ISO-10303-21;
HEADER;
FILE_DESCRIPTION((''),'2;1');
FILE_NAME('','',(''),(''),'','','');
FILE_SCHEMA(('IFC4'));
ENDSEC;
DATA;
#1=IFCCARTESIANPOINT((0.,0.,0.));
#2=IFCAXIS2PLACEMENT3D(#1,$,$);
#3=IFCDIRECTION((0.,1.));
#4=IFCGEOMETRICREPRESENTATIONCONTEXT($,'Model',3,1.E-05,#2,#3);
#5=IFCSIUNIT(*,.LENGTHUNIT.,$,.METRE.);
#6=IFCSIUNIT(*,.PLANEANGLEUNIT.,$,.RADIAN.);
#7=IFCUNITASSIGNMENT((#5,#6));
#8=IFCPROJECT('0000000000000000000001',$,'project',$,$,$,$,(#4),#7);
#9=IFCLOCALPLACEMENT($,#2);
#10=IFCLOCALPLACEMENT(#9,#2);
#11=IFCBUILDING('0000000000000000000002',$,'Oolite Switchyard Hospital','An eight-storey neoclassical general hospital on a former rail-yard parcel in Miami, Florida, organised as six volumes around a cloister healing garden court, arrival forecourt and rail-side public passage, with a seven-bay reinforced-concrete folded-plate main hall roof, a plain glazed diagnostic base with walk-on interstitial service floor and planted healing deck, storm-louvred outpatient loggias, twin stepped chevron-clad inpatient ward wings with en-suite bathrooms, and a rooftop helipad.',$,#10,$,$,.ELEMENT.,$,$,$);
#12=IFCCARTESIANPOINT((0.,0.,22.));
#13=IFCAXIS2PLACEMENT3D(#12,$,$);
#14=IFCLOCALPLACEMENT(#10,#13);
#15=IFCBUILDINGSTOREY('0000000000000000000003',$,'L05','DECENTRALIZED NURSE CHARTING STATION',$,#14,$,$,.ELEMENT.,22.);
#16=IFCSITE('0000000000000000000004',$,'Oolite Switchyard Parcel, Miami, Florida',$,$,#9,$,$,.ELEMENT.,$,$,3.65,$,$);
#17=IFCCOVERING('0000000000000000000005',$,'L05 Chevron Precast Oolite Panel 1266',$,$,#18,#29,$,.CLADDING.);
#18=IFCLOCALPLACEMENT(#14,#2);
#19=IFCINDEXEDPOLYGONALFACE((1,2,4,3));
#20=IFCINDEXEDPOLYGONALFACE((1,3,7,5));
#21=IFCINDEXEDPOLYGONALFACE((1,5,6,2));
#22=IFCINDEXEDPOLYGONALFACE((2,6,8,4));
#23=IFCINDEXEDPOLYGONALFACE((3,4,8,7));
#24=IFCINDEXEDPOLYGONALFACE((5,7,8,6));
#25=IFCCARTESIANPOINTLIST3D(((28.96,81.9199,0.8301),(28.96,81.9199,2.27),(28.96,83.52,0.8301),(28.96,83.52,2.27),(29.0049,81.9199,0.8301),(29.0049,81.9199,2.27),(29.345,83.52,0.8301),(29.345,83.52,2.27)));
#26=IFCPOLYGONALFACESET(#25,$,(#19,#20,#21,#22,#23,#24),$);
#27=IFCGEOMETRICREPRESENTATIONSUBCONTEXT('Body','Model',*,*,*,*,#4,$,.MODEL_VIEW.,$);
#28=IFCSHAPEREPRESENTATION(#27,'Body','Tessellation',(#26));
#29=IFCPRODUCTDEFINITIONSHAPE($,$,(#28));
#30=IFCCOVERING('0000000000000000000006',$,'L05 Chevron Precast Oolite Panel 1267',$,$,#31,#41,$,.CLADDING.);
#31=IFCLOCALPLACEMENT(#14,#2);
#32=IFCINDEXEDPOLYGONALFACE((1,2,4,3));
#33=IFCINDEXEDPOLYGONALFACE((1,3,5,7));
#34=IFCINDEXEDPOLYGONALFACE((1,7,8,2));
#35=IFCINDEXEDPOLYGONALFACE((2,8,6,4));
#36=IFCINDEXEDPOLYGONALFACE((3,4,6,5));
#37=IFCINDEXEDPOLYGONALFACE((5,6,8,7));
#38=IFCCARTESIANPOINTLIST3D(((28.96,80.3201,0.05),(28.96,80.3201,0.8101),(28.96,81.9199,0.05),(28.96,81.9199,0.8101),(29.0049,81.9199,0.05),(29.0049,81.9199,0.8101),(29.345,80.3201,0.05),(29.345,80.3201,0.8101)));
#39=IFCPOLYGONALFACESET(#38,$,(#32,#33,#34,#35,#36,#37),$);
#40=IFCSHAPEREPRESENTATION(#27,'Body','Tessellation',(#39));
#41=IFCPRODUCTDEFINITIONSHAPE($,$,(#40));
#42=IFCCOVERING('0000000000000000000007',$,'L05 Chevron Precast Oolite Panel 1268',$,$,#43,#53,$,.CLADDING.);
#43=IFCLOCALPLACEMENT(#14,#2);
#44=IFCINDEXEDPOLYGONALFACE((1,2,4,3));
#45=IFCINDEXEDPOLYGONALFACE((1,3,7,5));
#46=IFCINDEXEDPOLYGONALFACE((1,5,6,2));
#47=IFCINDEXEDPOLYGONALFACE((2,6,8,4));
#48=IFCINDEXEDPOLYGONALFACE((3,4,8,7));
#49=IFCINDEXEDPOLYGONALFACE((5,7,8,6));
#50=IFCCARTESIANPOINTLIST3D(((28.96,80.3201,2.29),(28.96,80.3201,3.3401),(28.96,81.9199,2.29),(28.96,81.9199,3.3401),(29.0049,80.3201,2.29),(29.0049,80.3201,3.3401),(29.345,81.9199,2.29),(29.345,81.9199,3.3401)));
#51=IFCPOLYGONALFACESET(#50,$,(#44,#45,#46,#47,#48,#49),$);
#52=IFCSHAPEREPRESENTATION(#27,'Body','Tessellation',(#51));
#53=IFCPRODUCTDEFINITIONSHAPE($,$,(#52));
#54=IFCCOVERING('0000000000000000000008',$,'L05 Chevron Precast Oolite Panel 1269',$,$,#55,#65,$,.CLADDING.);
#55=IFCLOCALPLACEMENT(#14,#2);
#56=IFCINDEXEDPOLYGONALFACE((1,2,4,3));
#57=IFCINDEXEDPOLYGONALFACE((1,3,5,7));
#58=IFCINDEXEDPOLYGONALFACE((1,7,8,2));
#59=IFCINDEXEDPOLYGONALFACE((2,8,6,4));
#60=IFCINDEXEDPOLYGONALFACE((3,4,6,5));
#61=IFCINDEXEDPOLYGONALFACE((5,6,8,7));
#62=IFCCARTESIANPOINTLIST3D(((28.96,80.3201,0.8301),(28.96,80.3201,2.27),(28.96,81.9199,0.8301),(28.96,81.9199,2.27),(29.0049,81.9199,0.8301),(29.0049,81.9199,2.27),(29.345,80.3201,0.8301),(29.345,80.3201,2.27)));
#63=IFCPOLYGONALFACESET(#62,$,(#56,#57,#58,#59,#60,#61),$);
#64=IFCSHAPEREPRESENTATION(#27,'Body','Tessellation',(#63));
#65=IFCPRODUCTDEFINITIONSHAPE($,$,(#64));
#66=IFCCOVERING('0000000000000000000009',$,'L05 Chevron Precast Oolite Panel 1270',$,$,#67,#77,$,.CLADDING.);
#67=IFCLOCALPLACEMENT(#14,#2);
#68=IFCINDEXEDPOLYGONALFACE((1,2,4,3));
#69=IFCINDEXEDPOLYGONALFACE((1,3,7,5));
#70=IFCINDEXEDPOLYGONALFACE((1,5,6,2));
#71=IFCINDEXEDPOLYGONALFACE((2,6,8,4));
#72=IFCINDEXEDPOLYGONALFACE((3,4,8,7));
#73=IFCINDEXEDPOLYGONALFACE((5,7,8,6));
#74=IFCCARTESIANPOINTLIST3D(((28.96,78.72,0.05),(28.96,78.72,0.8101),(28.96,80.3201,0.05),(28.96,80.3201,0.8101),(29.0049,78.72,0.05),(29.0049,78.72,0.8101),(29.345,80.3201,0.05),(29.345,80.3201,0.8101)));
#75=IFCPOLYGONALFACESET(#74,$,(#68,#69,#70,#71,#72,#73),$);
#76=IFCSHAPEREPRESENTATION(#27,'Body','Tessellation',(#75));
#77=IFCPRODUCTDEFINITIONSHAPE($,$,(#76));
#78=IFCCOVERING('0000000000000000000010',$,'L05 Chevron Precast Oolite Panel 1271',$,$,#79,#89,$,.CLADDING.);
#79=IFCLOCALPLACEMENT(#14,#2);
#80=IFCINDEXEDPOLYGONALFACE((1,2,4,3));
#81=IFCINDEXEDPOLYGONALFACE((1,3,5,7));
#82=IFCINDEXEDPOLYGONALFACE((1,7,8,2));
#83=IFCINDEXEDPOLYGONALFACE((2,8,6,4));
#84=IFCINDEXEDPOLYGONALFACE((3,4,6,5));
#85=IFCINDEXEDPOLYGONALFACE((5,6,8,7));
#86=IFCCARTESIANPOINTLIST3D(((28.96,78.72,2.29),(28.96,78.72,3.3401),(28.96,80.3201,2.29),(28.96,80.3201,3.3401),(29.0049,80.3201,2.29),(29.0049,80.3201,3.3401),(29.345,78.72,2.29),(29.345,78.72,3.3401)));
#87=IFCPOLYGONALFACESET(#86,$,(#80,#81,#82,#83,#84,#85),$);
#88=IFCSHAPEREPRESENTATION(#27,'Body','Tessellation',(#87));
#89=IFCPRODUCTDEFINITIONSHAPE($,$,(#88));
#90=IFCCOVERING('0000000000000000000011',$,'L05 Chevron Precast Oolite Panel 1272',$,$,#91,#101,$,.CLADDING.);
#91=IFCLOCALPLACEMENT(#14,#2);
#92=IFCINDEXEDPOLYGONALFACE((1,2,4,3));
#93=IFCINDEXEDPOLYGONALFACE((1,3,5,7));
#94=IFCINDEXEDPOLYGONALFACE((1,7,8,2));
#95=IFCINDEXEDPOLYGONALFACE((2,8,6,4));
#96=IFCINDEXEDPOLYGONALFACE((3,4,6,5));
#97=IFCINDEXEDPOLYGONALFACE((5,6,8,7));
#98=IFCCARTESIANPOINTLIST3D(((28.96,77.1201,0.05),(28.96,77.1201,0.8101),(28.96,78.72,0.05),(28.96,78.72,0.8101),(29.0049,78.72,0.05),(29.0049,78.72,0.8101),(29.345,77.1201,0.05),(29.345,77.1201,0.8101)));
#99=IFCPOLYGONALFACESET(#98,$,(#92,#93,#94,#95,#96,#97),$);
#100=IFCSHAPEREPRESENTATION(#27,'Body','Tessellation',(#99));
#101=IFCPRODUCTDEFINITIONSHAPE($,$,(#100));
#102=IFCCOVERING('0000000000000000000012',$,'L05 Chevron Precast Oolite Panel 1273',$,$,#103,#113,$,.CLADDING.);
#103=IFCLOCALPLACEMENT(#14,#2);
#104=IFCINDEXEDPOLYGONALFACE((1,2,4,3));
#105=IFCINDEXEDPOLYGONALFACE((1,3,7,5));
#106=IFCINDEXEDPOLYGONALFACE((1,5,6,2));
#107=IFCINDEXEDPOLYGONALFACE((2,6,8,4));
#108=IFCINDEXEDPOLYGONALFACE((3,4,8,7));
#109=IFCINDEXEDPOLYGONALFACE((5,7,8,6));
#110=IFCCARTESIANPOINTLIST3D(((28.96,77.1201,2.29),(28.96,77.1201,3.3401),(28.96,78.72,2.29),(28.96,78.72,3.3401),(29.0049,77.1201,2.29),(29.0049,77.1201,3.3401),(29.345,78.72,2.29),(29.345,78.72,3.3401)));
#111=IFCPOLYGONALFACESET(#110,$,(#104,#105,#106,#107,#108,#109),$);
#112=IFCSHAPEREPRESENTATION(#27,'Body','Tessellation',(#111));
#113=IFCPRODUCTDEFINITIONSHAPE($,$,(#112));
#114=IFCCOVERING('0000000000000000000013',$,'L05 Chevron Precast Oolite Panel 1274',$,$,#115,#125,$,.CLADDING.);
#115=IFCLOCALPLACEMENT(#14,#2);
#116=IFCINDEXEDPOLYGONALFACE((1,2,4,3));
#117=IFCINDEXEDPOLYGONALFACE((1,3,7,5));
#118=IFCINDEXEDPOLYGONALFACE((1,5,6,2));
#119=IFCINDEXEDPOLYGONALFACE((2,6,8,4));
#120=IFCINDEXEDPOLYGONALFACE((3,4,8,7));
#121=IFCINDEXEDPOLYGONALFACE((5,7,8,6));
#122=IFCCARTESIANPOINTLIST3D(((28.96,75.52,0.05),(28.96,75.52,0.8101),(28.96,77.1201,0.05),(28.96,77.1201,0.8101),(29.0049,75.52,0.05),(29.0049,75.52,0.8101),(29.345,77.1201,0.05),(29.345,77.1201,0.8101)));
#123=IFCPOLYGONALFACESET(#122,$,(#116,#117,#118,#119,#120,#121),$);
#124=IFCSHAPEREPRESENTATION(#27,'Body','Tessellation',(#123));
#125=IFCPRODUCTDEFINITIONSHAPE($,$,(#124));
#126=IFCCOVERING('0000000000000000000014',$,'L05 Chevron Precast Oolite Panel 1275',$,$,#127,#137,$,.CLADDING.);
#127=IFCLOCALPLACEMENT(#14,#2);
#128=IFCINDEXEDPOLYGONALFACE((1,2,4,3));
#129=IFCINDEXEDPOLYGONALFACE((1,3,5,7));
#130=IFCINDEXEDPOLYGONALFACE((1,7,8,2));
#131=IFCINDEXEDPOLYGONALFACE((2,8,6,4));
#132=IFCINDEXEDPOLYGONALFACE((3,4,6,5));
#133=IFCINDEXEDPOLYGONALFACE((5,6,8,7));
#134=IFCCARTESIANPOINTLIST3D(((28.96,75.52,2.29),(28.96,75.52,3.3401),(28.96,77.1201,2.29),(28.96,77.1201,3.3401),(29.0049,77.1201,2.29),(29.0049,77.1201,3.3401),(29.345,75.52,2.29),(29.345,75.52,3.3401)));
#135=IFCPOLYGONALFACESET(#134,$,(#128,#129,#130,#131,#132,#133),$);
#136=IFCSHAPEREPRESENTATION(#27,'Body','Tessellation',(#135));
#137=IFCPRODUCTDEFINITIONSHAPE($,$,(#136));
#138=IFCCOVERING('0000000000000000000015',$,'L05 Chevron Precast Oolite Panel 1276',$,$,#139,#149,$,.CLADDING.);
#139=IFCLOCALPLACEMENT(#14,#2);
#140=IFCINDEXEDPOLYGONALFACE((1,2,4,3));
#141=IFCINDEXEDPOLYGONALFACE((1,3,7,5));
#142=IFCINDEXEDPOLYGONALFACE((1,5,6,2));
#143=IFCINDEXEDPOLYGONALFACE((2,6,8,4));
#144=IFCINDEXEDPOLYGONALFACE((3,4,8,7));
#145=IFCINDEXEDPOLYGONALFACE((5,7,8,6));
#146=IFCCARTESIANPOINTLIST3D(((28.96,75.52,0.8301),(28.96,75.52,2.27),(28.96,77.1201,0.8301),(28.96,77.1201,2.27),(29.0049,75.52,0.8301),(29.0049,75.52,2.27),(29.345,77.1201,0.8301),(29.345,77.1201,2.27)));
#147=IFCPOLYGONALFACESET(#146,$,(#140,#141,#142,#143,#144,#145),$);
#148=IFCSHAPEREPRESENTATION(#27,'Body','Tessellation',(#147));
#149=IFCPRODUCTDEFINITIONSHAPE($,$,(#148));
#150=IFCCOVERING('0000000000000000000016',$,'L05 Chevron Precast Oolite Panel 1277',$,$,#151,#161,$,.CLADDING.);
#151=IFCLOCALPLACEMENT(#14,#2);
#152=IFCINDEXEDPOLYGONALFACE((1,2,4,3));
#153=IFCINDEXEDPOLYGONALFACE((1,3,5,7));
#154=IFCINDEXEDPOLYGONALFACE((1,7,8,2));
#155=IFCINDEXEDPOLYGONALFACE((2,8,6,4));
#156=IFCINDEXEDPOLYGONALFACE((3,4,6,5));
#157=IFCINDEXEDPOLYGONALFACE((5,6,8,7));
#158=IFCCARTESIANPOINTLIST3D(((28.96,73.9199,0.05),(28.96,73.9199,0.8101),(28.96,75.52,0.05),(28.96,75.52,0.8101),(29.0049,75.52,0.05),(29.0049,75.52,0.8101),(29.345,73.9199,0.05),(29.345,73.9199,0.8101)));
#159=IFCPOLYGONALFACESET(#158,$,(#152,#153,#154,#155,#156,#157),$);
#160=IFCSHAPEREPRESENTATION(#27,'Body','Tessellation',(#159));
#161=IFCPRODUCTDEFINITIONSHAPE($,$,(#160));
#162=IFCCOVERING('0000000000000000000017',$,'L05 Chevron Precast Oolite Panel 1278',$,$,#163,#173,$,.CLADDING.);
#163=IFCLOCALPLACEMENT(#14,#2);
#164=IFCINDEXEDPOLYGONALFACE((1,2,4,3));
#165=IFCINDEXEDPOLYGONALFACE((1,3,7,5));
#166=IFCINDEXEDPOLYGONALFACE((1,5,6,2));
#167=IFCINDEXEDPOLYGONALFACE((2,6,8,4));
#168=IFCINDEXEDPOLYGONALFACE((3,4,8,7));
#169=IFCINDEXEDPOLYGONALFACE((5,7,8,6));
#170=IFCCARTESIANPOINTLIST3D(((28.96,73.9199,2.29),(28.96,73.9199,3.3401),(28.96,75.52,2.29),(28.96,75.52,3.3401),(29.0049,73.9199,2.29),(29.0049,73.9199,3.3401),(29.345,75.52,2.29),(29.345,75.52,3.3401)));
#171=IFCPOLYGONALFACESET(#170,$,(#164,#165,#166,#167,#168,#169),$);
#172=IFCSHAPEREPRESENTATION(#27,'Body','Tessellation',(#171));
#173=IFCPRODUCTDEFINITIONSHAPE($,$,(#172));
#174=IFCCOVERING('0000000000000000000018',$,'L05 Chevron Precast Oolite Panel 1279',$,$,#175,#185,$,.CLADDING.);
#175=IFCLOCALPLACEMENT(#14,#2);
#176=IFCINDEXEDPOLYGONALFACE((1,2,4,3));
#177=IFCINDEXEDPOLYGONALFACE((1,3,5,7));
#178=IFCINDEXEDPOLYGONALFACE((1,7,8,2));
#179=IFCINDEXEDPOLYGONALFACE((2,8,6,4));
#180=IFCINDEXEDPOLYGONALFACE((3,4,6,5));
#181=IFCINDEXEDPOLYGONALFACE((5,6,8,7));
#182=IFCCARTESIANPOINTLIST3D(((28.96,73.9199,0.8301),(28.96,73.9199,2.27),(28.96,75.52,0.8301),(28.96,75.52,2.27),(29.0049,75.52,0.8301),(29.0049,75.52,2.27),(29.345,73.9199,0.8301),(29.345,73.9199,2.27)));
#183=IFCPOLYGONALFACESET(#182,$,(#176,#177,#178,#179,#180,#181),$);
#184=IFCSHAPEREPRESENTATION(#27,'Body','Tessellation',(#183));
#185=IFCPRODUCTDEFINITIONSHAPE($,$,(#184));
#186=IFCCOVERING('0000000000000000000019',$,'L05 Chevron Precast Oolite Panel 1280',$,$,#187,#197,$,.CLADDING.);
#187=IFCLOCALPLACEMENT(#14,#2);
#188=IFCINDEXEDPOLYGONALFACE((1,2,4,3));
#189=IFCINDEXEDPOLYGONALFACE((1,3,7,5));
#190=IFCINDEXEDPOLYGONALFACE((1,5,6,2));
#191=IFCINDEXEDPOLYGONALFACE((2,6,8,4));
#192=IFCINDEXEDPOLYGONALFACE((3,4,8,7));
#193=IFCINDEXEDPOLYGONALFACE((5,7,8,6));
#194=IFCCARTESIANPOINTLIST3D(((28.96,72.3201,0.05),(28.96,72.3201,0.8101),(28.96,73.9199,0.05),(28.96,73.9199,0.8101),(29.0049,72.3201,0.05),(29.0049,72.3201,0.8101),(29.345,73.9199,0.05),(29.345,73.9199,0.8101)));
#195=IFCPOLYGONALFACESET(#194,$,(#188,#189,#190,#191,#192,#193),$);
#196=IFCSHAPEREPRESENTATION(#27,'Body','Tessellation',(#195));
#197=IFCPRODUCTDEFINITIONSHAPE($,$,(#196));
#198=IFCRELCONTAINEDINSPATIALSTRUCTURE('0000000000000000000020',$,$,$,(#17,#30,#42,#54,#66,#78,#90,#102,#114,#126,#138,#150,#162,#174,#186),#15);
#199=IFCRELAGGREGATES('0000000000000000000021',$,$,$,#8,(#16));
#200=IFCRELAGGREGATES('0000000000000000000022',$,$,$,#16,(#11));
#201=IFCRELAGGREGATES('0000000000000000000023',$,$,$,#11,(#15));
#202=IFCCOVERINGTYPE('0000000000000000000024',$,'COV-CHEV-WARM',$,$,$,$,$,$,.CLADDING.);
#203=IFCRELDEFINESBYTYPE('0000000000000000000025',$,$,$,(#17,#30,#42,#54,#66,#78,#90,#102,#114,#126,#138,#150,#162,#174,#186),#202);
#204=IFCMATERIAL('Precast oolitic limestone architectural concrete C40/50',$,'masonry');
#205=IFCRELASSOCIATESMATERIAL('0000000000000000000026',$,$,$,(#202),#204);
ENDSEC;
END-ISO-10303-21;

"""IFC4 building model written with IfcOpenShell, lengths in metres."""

from ifc_helpers import new_model, si_unit, direction, frame, origin, place, context, subcontext, project, spatial, polyline, outline, extrude, material, type_object, element, save


model = new_model("IFC4")

# Units and contexts
model_context = context("Model", 3, precision=1e-05, world=origin(), true_north=direction((0.0, 1.0)))
body_context = subcontext(model_context, "Body", "Model", "MODEL_VIEW")
ifc_project = project(units=[si_unit("LENGTHUNIT", "METRE"), si_unit("PLANEANGLEUNIT", "RADIAN")], contexts=[model_context])

# Site, building, storey
site_placement = place(None, origin())
site = spatial("IfcSite", under=ifc_project, at=site_placement, Name="Oolite Switchyard Parcel, Miami, Florida", CompositionType="ELEMENT", RefElevation=3.65)
building_placement = place(site_placement, origin())
building = spatial("IfcBuilding", under=site, at=building_placement, Name="Oolite Switchyard Hospital", Description="An eight-storey neoclassical general hospital on a former rail-yard parcel in Miami, Florida, organised as six volumes around a cloister healing garden court, arrival forecourt and rail-side public passage, with a seven-bay reinforced-concrete folded-plate main hall roof, a plain glazed diagnostic base with walk-on interstitial service floor and planted healing deck, storm-louvred outpatient loggias, twin stepped chevron-clad inpatient ward wings with en-suite bathrooms, and a rooftop helipad.", CompositionType="ELEMENT")
storey_placement = place(building_placement, frame((0.0, 0.0, 22.0)))
storey = spatial("IfcBuildingStorey", under=building, at=storey_placement, Name="L05", Description="DECENTRALIZED NURSE CHARTING STATION", CompositionType="ELEMENT", Elevation=22.0)

# Shared definitions
ifc_material_1 = material(Name="Precast oolitic limestone architectural concrete C40/50", Category="masonry")

# Coverings
covering_type = type_object("IfcCoveringType", Name="COV-CHEV-WARM", PredefinedType="CLADDING", material=ifc_material_1)
covering_1_placement = place(storey_placement, frame((28.96, 83.52, 0.8301), z_axis=(0.0, 0.0, 1.0), x_axis=(0.0, -1.0, 0.0)))
element("IfcCovering", 1, at=covering_1_placement, inside=storey, type_object=covering_type, Name="L05 Chevron Precast Oolite Panel 1266", PredefinedType="CLADDING", context=body_context, shape_type="SweptSolid", body=[
    extrude(outline(polyline([(0.0, 0.0), (1.6001, 0.0), (1.6001, 0.0449), (0.0, 0.385), (0.0, 0.0)])), origin(), (0.0, 0.0, 1.0), 1.4399),
])
covering_2_placement = place(storey_placement, frame((28.96, 81.9199, 0.05), z_axis=(0.0, 0.0, 1.0), x_axis=(0.0, -1.0, 0.0)))
element("IfcCovering", 2, at=covering_2_placement, inside=storey, type_object=covering_type, Name="L05 Chevron Precast Oolite Panel 1267", PredefinedType="CLADDING", context=body_context, shape_type="SweptSolid", body=[
    extrude(outline(polyline([(0.0, 0.0), (1.5999, 0.0), (1.5999, 0.385), (0.0, 0.0449), (0.0, 0.0)])), origin(), (0.0, 0.0, 1.0), 0.76),
])
covering_3_placement = place(storey_placement, frame((28.96, 81.9199, 2.29), z_axis=(0.0, 0.0, 1.0), x_axis=(0.0, -1.0, 0.0)))
element("IfcCovering", 3, at=covering_3_placement, inside=storey, type_object=covering_type, Name="L05 Chevron Precast Oolite Panel 1268", PredefinedType="CLADDING", context=body_context, shape_type="SweptSolid", body=[
    extrude(outline(polyline([(0.0, 0.0), (1.5999, 0.0), (1.5999, 0.0449), (0.0, 0.385), (0.0, 0.0)])), origin(), (0.0, 0.0, 1.0), 1.05),
])
covering_4_placement = place(storey_placement, frame((28.96, 81.9199, 0.8301), z_axis=(0.0, 0.0, 1.0), x_axis=(0.0, -1.0, 0.0)))
element("IfcCovering", 4, at=covering_4_placement, inside=storey, type_object=covering_type, Name="L05 Chevron Precast Oolite Panel 1269", PredefinedType="CLADDING", context=body_context, shape_type="SweptSolid", body=[
    extrude(outline(polyline([(0.0, 0.0), (1.5999, 0.0), (1.5999, 0.385), (0.0, 0.0449), (0.0, 0.0)])), origin(), (0.0, 0.0, 1.0), 1.4399),
])
covering_5_placement = place(storey_placement, frame((28.96, 80.3201, 0.05), z_axis=(0.0, 0.0, 1.0), x_axis=(0.0, -1.0, 0.0)))
element("IfcCovering", 5, at=covering_5_placement, inside=storey, type_object=covering_type, Name="L05 Chevron Precast Oolite Panel 1270", PredefinedType="CLADDING", context=body_context, shape_type="SweptSolid", body=[
    extrude(outline(polyline([(0.0, 0.0), (1.6001, 0.0), (1.6001, 0.0449), (0.0, 0.385), (0.0, 0.0)])), origin(), (0.0, 0.0, 1.0), 0.76),
])
covering_6_placement = place(storey_placement, frame((28.96, 80.3201, 2.29), z_axis=(0.0, 0.0, 1.0), x_axis=(0.0, -1.0, 0.0)))
element("IfcCovering", 6, at=covering_6_placement, inside=storey, type_object=covering_type, Name="L05 Chevron Precast Oolite Panel 1271", PredefinedType="CLADDING", context=body_context, shape_type="SweptSolid", body=[
    extrude(outline(polyline([(0.0, 0.0), (1.6001, 0.0), (1.6001, 0.385), (0.0, 0.0449), (0.0, 0.0)])), origin(), (0.0, 0.0, 1.0), 1.05),
])
covering_7_placement = place(storey_placement, frame((28.96, 78.72, 0.05), z_axis=(0.0, 0.0, 1.0), x_axis=(0.0, -1.0, 0.0)))
element("IfcCovering", 7, at=covering_7_placement, inside=storey, type_object=covering_type, Name="L05 Chevron Precast Oolite Panel 1272", PredefinedType="CLADDING", context=body_context, shape_type="SweptSolid", body=[
    extrude(outline(polyline([(0.0, 0.0), (1.5999, 0.0), (1.5999, 0.385), (0.0, 0.0449), (0.0, 0.0)])), origin(), (0.0, 0.0, 1.0), 0.76),
])
covering_8_placement = place(storey_placement, frame((28.96, 78.72, 2.29), z_axis=(0.0, 0.0, 1.0), x_axis=(0.0, -1.0, 0.0)))
element("IfcCovering", 8, at=covering_8_placement, inside=storey, type_object=covering_type, Name="L05 Chevron Precast Oolite Panel 1273", PredefinedType="CLADDING", context=body_context, shape_type="SweptSolid", body=[
    extrude(outline(polyline([(0.0, 0.0), (1.5999, 0.0), (1.5999, 0.0449), (0.0, 0.385), (0.0, 0.0)])), origin(), (0.0, 0.0, 1.0), 1.05),
])
covering_9_placement = place(storey_placement, frame((28.96, 77.1201, 0.05), z_axis=(0.0, 0.0, 1.0), x_axis=(0.0, -1.0, 0.0)))
element("IfcCovering", 9, at=covering_9_placement, inside=storey, type_object=covering_type, Name="L05 Chevron Precast Oolite Panel 1274", PredefinedType="CLADDING", context=body_context, shape_type="SweptSolid", body=[
    extrude(outline(polyline([(0.0, 0.0), (1.6001, 0.0), (1.6001, 0.0449), (0.0, 0.385), (0.0, 0.0)])), origin(), (0.0, 0.0, 1.0), 0.76),
])
covering_10_placement = place(storey_placement, frame((28.96, 77.1201, 2.29), z_axis=(0.0, 0.0, 1.0), x_axis=(0.0, -1.0, 0.0)))
element("IfcCovering", 10, at=covering_10_placement, inside=storey, type_object=covering_type, Name="L05 Chevron Precast Oolite Panel 1275", PredefinedType="CLADDING", context=body_context, shape_type="SweptSolid", body=[
    extrude(outline(polyline([(0.0, 0.0), (1.6001, 0.0), (1.6001, 0.385), (0.0, 0.0449), (0.0, 0.0)])), origin(), (0.0, 0.0, 1.0), 1.05),
])
covering_11_placement = place(storey_placement, frame((28.96, 77.1201, 0.8301), z_axis=(0.0, 0.0, 1.0), x_axis=(0.0, -1.0, 0.0)))
element("IfcCovering", 11, at=covering_11_placement, inside=storey, type_object=covering_type, Name="L05 Chevron Precast Oolite Panel 1276", PredefinedType="CLADDING", context=body_context, shape_type="SweptSolid", body=[
    extrude(outline(polyline([(0.0, 0.0), (1.6001, 0.0), (1.6001, 0.0449), (0.0, 0.385), (0.0, 0.0)])), origin(), (0.0, 0.0, 1.0), 1.4399),
])
covering_12_placement = place(storey_placement, frame((28.96, 75.52, 0.05), z_axis=(0.0, 0.0, 1.0), x_axis=(0.0, -1.0, 0.0)))
element("IfcCovering", 12, at=covering_12_placement, inside=storey, type_object=covering_type, Name="L05 Chevron Precast Oolite Panel 1277", PredefinedType="CLADDING", context=body_context, shape_type="SweptSolid", body=[
    extrude(outline(polyline([(0.0, 0.0), (1.6001, 0.0), (1.6001, 0.385), (0.0, 0.0449), (0.0, 0.0)])), origin(), (0.0, 0.0, 1.0), 0.76),
])
covering_13_placement = place(storey_placement, frame((28.96, 75.52, 2.29), z_axis=(0.0, 0.0, 1.0), x_axis=(0.0, -1.0, 0.0)))
element("IfcCovering", 13, at=covering_13_placement, inside=storey, type_object=covering_type, Name="L05 Chevron Precast Oolite Panel 1278", PredefinedType="CLADDING", context=body_context, shape_type="SweptSolid", body=[
    extrude(outline(polyline([(0.0, 0.0), (1.6001, 0.0), (1.6001, 0.0449), (0.0, 0.385), (0.0, 0.0)])), origin(), (0.0, 0.0, 1.0), 1.05),
])
covering_14_placement = place(storey_placement, frame((28.96, 75.52, 0.8301), z_axis=(0.0, 0.0, 1.0), x_axis=(0.0, -1.0, 0.0)))
element("IfcCovering", 14, at=covering_14_placement, inside=storey, type_object=covering_type, Name="L05 Chevron Precast Oolite Panel 1279", PredefinedType="CLADDING", context=body_context, shape_type="SweptSolid", body=[
    extrude(outline(polyline([(0.0, 0.0), (1.6001, 0.0), (1.6001, 0.385), (0.0, 0.0449), (0.0, 0.0)])), origin(), (0.0, 0.0, 1.0), 1.4399),
])
covering_15_placement = place(storey_placement, frame((28.96, 73.9199, 0.05), z_axis=(0.0, 0.0, 1.0), x_axis=(0.0, -1.0, 0.0)))
element("IfcCovering", 15, at=covering_15_placement, inside=storey, type_object=covering_type, Name="L05 Chevron Precast Oolite Panel 1280", PredefinedType="CLADDING", context=body_context, shape_type="SweptSolid", body=[
    extrude(outline(polyline([(0.0, 0.0), (1.5999, 0.0), (1.5999, 0.0449), (0.0, 0.385), (0.0, 0.0)])), origin(), (0.0, 0.0, 1.0), 0.76),
])

save(model, "model.ifc")
